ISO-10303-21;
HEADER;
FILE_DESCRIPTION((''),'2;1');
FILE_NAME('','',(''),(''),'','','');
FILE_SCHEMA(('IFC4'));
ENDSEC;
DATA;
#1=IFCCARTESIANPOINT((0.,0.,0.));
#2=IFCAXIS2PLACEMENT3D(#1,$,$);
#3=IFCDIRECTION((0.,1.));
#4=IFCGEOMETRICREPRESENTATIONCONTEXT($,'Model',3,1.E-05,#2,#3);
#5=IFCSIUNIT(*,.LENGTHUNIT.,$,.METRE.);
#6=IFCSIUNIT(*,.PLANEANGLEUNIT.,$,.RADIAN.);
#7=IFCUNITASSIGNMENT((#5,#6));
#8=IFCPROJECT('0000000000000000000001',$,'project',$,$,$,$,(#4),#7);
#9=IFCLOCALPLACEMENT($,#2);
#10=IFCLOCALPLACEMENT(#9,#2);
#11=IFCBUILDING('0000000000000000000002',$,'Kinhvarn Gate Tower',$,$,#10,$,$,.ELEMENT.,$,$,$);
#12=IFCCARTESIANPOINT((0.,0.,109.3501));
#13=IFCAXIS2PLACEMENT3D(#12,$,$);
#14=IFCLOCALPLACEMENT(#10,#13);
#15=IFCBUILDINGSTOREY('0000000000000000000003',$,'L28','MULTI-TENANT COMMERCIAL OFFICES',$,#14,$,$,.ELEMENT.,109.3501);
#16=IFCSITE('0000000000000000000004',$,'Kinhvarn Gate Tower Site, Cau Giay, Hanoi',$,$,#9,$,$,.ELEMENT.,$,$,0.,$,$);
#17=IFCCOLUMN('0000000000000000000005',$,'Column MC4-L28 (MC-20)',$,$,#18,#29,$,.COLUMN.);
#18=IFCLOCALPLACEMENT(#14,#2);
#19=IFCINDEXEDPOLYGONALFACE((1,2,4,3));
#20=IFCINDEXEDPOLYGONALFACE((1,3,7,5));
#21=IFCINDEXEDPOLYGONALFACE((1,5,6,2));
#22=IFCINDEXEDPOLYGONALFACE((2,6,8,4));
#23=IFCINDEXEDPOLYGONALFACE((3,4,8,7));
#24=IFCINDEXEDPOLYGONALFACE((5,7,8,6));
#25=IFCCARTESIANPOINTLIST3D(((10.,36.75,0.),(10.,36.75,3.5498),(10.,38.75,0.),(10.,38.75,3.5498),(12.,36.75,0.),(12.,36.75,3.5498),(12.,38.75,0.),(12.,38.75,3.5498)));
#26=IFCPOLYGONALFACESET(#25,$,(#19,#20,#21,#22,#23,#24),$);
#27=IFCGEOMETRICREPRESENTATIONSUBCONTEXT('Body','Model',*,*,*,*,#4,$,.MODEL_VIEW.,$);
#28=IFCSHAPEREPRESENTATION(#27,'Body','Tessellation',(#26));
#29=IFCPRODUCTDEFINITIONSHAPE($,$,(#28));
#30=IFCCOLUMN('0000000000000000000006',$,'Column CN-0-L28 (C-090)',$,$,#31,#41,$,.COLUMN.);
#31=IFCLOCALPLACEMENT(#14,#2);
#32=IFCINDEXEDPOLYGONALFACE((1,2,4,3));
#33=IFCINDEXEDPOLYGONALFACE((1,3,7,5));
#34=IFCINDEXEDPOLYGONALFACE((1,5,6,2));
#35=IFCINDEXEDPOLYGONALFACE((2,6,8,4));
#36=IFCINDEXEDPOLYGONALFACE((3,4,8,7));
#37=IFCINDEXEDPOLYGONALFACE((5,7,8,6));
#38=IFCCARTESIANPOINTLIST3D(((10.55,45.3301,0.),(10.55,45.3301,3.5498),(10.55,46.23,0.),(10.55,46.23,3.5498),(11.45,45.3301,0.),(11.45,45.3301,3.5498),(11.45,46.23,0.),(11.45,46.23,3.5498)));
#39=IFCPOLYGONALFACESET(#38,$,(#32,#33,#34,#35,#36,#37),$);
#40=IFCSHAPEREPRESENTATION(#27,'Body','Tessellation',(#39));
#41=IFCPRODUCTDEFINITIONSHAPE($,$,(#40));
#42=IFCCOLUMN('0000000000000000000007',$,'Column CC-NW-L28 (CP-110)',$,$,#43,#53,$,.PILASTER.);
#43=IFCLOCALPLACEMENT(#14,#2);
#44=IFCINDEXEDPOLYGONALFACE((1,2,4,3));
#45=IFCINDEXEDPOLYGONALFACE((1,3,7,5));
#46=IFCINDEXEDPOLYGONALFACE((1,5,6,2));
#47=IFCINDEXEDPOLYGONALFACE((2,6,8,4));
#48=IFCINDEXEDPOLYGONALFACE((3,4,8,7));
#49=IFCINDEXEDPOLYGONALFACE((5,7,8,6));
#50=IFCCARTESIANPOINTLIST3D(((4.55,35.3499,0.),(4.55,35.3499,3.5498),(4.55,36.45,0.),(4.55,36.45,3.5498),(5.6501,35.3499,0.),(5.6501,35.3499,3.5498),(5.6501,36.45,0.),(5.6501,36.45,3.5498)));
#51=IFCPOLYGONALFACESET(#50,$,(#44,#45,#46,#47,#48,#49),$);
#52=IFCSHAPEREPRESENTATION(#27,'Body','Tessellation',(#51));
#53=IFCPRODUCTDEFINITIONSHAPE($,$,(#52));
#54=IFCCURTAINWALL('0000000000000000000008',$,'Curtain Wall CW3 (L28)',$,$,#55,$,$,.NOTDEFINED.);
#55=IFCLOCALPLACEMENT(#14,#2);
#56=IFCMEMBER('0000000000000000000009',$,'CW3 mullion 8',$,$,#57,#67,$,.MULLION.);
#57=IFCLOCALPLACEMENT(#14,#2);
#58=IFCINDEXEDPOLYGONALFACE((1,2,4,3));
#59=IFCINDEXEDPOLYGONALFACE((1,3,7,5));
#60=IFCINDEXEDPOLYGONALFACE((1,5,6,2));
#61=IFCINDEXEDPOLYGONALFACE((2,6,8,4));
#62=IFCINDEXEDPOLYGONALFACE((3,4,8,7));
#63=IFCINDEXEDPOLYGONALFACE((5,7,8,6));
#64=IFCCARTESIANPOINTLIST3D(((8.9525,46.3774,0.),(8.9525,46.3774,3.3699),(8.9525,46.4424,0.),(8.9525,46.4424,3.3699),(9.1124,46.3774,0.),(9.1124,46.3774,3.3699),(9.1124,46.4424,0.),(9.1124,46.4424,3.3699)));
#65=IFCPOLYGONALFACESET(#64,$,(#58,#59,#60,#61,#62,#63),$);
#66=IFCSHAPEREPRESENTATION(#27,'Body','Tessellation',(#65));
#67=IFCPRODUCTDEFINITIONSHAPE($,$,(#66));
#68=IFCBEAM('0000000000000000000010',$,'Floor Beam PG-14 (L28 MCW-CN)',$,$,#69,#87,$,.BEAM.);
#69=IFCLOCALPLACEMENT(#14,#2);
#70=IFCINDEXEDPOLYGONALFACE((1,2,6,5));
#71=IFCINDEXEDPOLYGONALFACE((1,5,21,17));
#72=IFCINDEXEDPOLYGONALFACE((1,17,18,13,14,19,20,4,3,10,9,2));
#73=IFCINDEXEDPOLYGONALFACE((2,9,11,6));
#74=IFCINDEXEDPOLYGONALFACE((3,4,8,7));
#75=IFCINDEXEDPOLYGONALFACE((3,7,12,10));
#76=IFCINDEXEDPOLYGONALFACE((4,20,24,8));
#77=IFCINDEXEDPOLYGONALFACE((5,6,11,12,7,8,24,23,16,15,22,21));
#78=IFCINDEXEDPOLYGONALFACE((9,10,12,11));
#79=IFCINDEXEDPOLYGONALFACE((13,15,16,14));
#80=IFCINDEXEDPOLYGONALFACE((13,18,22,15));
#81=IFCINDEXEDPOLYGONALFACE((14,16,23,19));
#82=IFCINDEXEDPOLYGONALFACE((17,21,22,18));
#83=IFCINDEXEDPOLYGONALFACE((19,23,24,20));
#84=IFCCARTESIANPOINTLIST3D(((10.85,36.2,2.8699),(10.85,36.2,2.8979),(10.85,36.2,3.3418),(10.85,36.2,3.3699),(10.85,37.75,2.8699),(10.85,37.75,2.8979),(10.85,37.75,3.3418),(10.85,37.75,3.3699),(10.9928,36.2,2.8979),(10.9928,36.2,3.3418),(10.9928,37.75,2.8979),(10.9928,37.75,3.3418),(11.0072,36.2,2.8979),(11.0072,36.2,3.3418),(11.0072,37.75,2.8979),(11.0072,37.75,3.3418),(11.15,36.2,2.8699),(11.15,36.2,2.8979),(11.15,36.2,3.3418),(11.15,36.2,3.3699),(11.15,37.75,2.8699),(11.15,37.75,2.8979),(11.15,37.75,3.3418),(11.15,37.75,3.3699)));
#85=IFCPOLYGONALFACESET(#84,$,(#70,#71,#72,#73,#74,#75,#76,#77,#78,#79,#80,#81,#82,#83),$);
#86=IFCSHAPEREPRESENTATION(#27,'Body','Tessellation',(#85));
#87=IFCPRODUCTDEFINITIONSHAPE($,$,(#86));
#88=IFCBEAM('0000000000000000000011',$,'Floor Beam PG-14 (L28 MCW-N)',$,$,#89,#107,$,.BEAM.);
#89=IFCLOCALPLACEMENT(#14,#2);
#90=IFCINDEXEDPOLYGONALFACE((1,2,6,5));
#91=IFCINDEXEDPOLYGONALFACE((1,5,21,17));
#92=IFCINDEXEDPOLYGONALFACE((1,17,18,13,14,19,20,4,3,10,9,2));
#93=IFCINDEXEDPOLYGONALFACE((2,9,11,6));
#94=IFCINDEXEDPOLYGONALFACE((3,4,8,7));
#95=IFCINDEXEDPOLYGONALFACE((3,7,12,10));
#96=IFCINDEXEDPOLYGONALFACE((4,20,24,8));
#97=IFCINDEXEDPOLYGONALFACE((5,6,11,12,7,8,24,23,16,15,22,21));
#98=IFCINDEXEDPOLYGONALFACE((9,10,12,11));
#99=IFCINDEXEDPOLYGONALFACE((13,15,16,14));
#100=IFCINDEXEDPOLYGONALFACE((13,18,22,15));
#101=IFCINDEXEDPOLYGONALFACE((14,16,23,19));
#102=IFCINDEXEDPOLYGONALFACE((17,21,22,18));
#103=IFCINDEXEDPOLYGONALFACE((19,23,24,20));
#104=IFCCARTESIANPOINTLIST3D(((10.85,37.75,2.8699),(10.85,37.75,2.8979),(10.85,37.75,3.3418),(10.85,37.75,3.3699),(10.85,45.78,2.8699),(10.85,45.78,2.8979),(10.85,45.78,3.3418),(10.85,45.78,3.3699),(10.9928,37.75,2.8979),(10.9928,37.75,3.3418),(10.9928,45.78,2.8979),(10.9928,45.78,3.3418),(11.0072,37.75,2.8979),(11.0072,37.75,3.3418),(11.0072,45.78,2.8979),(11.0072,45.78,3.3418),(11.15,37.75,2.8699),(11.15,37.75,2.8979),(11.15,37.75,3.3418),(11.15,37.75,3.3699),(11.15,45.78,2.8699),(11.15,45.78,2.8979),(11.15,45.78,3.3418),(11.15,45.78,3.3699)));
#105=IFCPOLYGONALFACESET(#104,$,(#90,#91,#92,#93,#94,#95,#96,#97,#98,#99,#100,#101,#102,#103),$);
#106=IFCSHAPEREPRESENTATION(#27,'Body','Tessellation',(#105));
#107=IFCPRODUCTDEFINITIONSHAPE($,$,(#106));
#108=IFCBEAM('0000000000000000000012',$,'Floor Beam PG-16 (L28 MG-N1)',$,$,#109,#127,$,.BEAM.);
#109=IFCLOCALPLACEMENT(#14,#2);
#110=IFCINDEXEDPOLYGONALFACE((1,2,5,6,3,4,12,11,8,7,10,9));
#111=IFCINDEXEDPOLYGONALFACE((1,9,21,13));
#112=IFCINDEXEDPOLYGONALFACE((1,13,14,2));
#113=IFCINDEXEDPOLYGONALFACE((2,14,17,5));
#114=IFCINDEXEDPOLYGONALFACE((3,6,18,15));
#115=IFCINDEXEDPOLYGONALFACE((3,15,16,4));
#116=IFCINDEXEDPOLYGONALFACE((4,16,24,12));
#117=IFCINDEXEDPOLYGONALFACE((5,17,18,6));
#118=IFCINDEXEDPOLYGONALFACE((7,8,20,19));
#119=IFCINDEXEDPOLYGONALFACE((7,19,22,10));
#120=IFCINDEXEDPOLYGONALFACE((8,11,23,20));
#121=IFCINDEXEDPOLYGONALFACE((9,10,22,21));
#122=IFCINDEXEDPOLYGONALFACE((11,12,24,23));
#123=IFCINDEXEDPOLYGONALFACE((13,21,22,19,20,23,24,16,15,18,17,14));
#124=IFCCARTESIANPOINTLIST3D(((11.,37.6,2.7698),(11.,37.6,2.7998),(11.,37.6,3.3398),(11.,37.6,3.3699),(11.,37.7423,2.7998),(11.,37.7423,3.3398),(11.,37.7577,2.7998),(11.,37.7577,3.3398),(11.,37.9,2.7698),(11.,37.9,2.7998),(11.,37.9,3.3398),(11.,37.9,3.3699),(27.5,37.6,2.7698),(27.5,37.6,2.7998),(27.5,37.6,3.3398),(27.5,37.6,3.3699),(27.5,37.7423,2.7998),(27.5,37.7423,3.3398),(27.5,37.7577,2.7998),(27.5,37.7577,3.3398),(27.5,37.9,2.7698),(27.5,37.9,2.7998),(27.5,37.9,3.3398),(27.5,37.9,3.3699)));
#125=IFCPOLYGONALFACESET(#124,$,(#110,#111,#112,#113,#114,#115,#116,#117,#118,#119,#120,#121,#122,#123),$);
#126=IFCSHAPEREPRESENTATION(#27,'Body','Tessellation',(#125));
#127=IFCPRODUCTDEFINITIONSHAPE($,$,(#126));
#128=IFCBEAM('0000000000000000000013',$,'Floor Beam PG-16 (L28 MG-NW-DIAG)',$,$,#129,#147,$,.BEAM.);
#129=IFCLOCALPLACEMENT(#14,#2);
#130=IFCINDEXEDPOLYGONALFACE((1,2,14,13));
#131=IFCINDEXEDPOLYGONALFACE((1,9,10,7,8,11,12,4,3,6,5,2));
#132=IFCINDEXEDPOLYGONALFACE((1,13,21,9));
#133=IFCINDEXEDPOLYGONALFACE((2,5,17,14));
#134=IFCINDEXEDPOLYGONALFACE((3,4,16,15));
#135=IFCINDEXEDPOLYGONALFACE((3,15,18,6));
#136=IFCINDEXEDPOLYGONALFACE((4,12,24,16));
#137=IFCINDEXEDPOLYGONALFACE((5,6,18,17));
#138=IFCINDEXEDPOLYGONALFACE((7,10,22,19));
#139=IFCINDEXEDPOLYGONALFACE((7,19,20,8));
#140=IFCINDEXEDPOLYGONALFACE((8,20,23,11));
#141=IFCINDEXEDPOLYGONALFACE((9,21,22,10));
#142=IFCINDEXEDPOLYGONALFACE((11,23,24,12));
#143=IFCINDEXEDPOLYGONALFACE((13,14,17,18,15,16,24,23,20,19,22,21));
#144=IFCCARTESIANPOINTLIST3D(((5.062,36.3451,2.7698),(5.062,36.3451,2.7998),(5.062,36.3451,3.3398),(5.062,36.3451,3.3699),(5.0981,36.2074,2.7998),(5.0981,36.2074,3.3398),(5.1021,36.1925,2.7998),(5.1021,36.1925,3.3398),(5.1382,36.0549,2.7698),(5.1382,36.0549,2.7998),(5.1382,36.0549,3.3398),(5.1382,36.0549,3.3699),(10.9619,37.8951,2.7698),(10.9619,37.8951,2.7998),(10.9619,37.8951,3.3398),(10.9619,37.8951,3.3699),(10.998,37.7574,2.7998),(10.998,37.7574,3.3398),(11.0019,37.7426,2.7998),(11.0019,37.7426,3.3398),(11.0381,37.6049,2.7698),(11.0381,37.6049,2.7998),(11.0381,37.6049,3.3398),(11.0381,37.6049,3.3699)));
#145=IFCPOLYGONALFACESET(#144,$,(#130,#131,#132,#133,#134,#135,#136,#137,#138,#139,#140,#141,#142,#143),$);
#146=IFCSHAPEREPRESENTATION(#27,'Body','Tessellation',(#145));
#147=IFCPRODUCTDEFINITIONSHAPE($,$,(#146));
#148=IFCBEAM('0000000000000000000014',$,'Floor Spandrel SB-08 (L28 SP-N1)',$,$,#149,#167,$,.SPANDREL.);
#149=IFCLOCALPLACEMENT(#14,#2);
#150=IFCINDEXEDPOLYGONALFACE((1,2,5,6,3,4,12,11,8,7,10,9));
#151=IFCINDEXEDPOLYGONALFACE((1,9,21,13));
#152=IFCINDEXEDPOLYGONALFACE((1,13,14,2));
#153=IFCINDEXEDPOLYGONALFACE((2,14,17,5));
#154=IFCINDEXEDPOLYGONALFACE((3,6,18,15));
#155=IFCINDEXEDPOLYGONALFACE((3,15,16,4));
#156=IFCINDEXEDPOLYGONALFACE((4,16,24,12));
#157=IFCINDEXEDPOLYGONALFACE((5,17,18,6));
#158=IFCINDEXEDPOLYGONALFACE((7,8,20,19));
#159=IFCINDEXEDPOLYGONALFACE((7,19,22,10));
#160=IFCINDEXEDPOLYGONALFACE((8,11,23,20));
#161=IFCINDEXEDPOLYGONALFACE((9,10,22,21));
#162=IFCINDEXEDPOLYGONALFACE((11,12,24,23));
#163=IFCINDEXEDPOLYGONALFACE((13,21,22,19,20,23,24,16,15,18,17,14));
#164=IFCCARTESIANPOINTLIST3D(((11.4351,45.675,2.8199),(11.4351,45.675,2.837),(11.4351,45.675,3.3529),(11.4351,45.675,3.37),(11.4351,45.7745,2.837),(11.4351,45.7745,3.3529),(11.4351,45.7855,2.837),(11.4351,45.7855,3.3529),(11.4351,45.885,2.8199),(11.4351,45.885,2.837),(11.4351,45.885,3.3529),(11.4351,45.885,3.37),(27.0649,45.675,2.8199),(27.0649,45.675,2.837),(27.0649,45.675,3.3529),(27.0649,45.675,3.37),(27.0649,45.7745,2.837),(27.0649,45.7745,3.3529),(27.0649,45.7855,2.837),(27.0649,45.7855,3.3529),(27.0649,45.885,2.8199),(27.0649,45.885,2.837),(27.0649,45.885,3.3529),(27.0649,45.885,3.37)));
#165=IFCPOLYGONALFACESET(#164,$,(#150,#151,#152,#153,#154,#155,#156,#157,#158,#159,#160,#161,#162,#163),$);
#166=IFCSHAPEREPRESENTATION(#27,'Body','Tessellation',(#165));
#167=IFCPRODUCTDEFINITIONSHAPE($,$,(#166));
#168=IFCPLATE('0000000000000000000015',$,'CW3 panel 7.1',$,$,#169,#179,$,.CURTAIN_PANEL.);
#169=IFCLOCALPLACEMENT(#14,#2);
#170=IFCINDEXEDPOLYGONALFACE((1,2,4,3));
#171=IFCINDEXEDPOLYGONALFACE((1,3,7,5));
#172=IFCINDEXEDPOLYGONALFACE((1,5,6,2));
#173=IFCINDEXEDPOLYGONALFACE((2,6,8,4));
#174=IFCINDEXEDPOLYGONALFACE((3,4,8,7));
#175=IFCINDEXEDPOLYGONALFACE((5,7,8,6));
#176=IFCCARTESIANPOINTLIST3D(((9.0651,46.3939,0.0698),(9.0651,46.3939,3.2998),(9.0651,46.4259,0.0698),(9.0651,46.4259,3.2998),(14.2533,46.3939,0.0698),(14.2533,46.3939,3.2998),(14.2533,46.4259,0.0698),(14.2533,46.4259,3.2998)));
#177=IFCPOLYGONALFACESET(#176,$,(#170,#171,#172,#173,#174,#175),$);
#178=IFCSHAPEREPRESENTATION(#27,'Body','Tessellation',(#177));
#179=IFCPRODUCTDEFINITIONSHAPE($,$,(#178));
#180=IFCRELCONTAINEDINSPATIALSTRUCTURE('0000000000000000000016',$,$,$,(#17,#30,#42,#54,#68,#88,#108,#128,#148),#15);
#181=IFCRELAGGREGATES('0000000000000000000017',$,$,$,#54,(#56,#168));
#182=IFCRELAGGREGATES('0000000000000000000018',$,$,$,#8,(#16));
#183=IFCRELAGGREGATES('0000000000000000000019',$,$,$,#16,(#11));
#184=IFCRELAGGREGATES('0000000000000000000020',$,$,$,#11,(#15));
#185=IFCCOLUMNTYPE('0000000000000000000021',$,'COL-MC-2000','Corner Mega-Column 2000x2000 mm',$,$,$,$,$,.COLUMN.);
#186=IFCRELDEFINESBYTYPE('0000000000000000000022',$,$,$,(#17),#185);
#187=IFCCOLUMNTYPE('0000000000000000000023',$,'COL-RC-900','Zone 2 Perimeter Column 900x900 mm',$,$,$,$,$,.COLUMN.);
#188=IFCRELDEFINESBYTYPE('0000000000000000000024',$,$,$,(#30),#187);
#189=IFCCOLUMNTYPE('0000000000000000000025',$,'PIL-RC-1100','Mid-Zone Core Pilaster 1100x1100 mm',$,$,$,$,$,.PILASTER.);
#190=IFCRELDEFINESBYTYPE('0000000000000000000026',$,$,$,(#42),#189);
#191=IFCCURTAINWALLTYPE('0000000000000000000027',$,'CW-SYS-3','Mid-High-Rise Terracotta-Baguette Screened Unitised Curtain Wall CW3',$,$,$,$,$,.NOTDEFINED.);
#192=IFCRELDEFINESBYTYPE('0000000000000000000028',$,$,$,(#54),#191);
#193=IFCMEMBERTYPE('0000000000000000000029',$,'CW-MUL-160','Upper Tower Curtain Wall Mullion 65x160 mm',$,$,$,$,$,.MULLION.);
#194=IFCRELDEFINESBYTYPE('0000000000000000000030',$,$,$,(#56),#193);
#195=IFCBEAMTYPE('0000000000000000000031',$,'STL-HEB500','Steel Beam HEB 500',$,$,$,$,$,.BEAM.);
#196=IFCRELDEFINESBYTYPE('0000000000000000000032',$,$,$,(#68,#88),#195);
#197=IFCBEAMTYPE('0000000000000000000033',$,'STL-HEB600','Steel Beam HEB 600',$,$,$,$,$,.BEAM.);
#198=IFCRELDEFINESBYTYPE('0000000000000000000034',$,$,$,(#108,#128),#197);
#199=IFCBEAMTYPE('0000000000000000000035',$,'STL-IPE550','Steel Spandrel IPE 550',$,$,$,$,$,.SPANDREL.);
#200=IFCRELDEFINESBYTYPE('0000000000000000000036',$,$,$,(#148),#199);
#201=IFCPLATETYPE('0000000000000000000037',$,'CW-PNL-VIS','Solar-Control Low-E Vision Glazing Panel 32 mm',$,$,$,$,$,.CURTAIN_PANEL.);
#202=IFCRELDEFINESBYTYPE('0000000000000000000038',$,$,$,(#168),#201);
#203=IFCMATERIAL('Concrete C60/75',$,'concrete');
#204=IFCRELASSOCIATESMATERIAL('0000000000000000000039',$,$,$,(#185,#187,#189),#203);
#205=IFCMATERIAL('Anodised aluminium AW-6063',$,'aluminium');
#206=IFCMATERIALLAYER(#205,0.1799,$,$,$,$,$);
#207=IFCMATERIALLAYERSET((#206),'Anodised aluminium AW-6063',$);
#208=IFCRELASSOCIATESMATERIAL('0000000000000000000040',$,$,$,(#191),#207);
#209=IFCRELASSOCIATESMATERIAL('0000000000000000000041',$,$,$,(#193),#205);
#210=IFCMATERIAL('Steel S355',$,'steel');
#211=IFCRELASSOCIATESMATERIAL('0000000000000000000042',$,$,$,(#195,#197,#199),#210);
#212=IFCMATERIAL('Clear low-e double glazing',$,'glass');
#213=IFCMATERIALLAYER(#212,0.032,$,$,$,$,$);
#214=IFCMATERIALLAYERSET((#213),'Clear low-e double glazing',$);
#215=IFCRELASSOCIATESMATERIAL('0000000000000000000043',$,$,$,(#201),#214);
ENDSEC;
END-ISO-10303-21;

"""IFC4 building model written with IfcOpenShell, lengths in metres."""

from ifc_helpers import new_model, si_unit, direction, frame, origin, origin_2d, place, context, subcontext, project, spatial, rectangle, i_section, extrude, material, layer, layer_set, material_profile, profile_set, type_object, element, aggregate, save


model = new_model("IFC4")

# Units and contexts
model_context = context("Model", 3, precision=1e-05, world=origin(), true_north=direction((0.0, 1.0)))
body_context = subcontext(model_context, "Body", "Model", "MODEL_VIEW")
ifc_project = project(units=[si_unit("LENGTHUNIT", "METRE"), si_unit("PLANEANGLEUNIT", "RADIAN")], contexts=[model_context])

# Site, building, storey
site_placement = place(None, origin())
site = spatial("IfcSite", under=ifc_project, at=site_placement, Name="Kinhvarn Gate Tower Site, Cau Giay, Hanoi", CompositionType="ELEMENT", RefElevation=0.0)
building_placement = place(site_placement, origin())
building = spatial("IfcBuilding", under=site, at=building_placement, Name="Kinhvarn Gate Tower", CompositionType="ELEMENT")
storey_placement = place(building_placement, frame((0.0, 0.0, 109.3501)))
storey = spatial("IfcBuildingStorey", under=building, at=storey_placement, Name="L28", Description="MULTI-TENANT COMMERCIAL OFFICES", CompositionType="ELEMENT", Elevation=109.3501)

# Columns
ifc_material_1 = material(Name="Concrete C60/75", Category="concrete")
ifc_material_profile_1 = material_profile(ifc_material_1, rectangle(XDim=2.0, YDim=2.0, at=origin_2d()), Name="RC 2000x2000")
ifc_profile_set_1 = profile_set([ifc_material_profile_1], Name="Concrete C60/75")
column_type_1 = type_object("IfcColumnType", Name="COL-MC-2000", Description="Corner Mega-Column 2000x2000 mm", PredefinedType="COLUMN", material=ifc_profile_set_1)
column_1_placement = place(storey_placement, frame((11.0, 37.75, 0.0), z_axis=(0.0, 0.0, 1.0), x_axis=(1.0, 0.0, 0.0)))
element("IfcColumn", 1, at=column_1_placement, inside=storey, type_object=column_type_1, Name="Column MC4-L28 (MC-20)", PredefinedType="COLUMN", context=body_context, shape_type="SweptSolid", body=[
    extrude(rectangle(XDim=2.0, YDim=2.0, at=origin_2d()), origin(), (0.0, 0.0, 1.0), 3.5498),
])
ifc_material_profile_2 = material_profile(ifc_material_1, rectangle(XDim=0.8999, YDim=0.8999, at=origin_2d()), Name="RC 900x900")
ifc_profile_set_2 = profile_set([ifc_material_profile_2], Name="Concrete C60/75")
column_type_2 = type_object("IfcColumnType", Name="COL-RC-900", Description="Zone 2 Perimeter Column 900x900 mm", PredefinedType="COLUMN", material=ifc_profile_set_2)
column_2_placement = place(storey_placement, frame((11.0, 45.78, 0.0), z_axis=(0.0, 0.0, 1.0), x_axis=(1.0, 0.0, 0.0)))
element("IfcColumn", 2, at=column_2_placement, inside=storey, type_object=column_type_2, Name="Column CN-0-L28 (C-090)", PredefinedType="COLUMN", context=body_context, shape_type="SweptSolid", body=[
    extrude(rectangle(XDim=0.8999, YDim=0.8999, at=origin_2d()), origin(), (0.0, 0.0, 1.0), 3.5498),
])
ifc_material_profile_3 = material_profile(ifc_material_1, rectangle(XDim=1.1001, YDim=1.1001, at=origin_2d()), Name="RC 1100x1100")
ifc_profile_set_3 = profile_set([ifc_material_profile_3], Name="Concrete C60/75")
column_type_3 = type_object("IfcColumnType", Name="PIL-RC-1100", Description="Mid-Zone Core Pilaster 1100x1100 mm", PredefinedType="PILASTER", material=ifc_profile_set_3)
column_3_placement = place(storey_placement, frame((5.1001, 35.8999, 0.0), z_axis=(0.0, 0.0, 1.0), x_axis=(1.0, 0.0, 0.0)))
element("IfcColumn", 3, at=column_3_placement, inside=storey, type_object=column_type_3, Name="Column CC-NW-L28 (CP-110)", PredefinedType="PILASTER", context=body_context, shape_type="SweptSolid", body=[
    extrude(rectangle(XDim=1.1001, YDim=1.1001, at=origin_2d()), origin(), (0.0, 0.0, 1.0), 3.5498),
])

# Curtain wall, member
ifc_material_2 = material(Name="Anodised aluminium AW-6063", Category="aluminium")
ifc_layer_1 = layer(ifc_material_2, 0.1799)
ifc_layer_set_1 = layer_set([ifc_layer_1], Name="Anodised aluminium AW-6063")
curtain_wall_type = type_object("IfcCurtainWallType", Name="CW-SYS-3", Description="Mid-High-Rise Terracotta-Baguette Screened Unitised Curtain Wall CW3", PredefinedType="NOTDEFINED", material=ifc_layer_set_1)
curtain_wall_placement = place(storey_placement, origin())
curtain_wall = element("IfcCurtainWall", 4, at=curtain_wall_placement, inside=storey, type_object=curtain_wall_type, Name="Curtain Wall CW3 (L28)", PredefinedType="NOTDEFINED")
ifc_material_profile_4 = material_profile(ifc_material_2, rectangle(XDim=0.0649, YDim=0.1599, at=origin_2d()), Name="ALU 65x160")
ifc_profile_set_4 = profile_set([ifc_material_profile_4], Name="Anodised aluminium AW-6063")
member_type = type_object("IfcMemberType", Name="CW-MUL-160", Description="Upper Tower Curtain Wall Mullion 65x160 mm", PredefinedType="MULLION", material=ifc_profile_set_4)
member_placement = place(storey_placement, frame((9.0325, 46.4099, 0.0), z_axis=(0.0, 0.0, 1.0), x_axis=(0.0, -1.0, 0.0)))
member = element("IfcMember", 5, at=member_placement, type_object=member_type, Name="CW3 mullion 8", PredefinedType="MULLION", context=body_context, shape_type="SweptSolid", body=[
    extrude(rectangle(XDim=0.0649, YDim=0.1599, at=origin_2d()), origin(), (0.0, 0.0, 1.0), 3.3699),
])

# Beams
ifc_material_3 = material(Name="Steel S355", Category="steel")
ifc_material_profile_5 = material_profile(ifc_material_3, i_section(OverallWidth=0.3, OverallDepth=0.5, WebThickness=0.0144, FlangeThickness=0.0281, at=origin_2d()), Name="HEB 500")
ifc_profile_set_5 = profile_set([ifc_material_profile_5], Name="Steel S355")
beam_type_1 = type_object("IfcBeamType", Name="STL-HEB500", Description="Steel Beam HEB 500", PredefinedType="BEAM", material=ifc_profile_set_5)
beam_1_placement = place(storey_placement, frame((11.0, 36.2, 3.1199), z_axis=(0.0, 1.0, 0.0), x_axis=(-1.0, 0.0, 0.0)))
element("IfcBeam", 6, at=beam_1_placement, inside=storey, type_object=beam_type_1, Name="Floor Beam PG-14 (L28 MCW-CN)", PredefinedType="BEAM", context=body_context, shape_type="SweptSolid", body=[
    extrude(i_section(OverallWidth=0.3, OverallDepth=0.5, WebThickness=0.0144, FlangeThickness=0.0281, at=origin_2d()), origin(), (0.0, 0.0, 1.0), 1.55),
])
beam_2_placement = place(storey_placement, frame((11.0, 37.75, 3.1199), z_axis=(0.0, 1.0, 0.0), x_axis=(-1.0, 0.0, 0.0)))
element("IfcBeam", 7, at=beam_2_placement, inside=storey, type_object=beam_type_1, Name="Floor Beam PG-14 (L28 MCW-N)", PredefinedType="BEAM", context=body_context, shape_type="SweptSolid", body=[
    extrude(i_section(OverallWidth=0.3, OverallDepth=0.5, WebThickness=0.0144, FlangeThickness=0.0281, at=origin_2d()), origin(), (0.0, 0.0, 1.0), 8.03),
])
ifc_material_profile_6 = material_profile(ifc_material_3, i_section(OverallWidth=0.3, OverallDepth=0.6001, WebThickness=0.0154, FlangeThickness=0.03, at=origin_2d()), Name="HEB 600")
ifc_profile_set_6 = profile_set([ifc_material_profile_6], Name="Steel S355")
beam_type_2 = type_object("IfcBeamType", Name="STL-HEB600", Description="Steel Beam HEB 600", PredefinedType="BEAM", material=ifc_profile_set_6)
beam_3_placement = place(storey_placement, frame((11.0, 37.75, 3.0698), z_axis=(1.0, 0.0, 0.0), x_axis=(0.0, 1.0, 0.0)))
element("IfcBeam", 8, at=beam_3_placement, inside=storey, type_object=beam_type_2, Name="Floor Beam PG-16 (L28 MG-N1)", PredefinedType="BEAM", context=body_context, shape_type="SweptSolid", body=[
    extrude(i_section(OverallWidth=0.3, OverallDepth=0.6001, WebThickness=0.0154, FlangeThickness=0.03, at=origin_2d()), origin(), (0.0, 0.0, 1.0), 16.5),
])
beam_4_placement = place(storey_placement, frame((5.1001, 36.2, 3.0698), z_axis=(0.967178, 0.254101, 0.0), x_axis=(-0.254101, 0.967178, 0.0)))
element("IfcBeam", 9, at=beam_4_placement, inside=storey, type_object=beam_type_2, Name="Floor Beam PG-16 (L28 MG-NW-DIAG)", PredefinedType="BEAM", context=body_context, shape_type="SweptSolid", body=[
    extrude(i_section(OverallWidth=0.3, OverallDepth=0.6001, WebThickness=0.0154, FlangeThickness=0.03, at=origin_2d()), origin(), (0.0, 0.0, 1.0), 6.1001),
])
ifc_material_profile_7 = material_profile(ifc_material_3, i_section(OverallWidth=0.21, OverallDepth=0.55, WebThickness=0.011, FlangeThickness=0.0171, at=origin_2d()), Name="IPE 550")
ifc_profile_set_7 = profile_set([ifc_material_profile_7], Name="Steel S355")
beam_type_3 = type_object("IfcBeamType", Name="STL-IPE550", Description="Steel Spandrel IPE 550", PredefinedType="SPANDREL", material=ifc_profile_set_7)
beam_5_placement = place(storey_placement, frame((11.4351, 45.78, 3.095), z_axis=(1.0, 0.0, 0.0), x_axis=(0.0, 1.0, 0.0)))
element("IfcBeam", 10, at=beam_5_placement, inside=storey, type_object=beam_type_3, Name="Floor Spandrel SB-08 (L28 SP-N1)", PredefinedType="SPANDREL", context=body_context, shape_type="SweptSolid", body=[
    extrude(i_section(OverallWidth=0.21, OverallDepth=0.55, WebThickness=0.011, FlangeThickness=0.0171, at=origin_2d()), origin(), (0.0, 0.0, 1.0), 15.6299),
])

# Plate
ifc_material_4 = material(Name="Clear low-e double glazing", Category="glass")
ifc_layer_2 = layer(ifc_material_4, 0.032)
ifc_layer_set_2 = layer_set([ifc_layer_2], Name="Clear low-e double glazing")
plate_type = type_object("IfcPlateType", Name="CW-PNL-VIS", Description="Solar-Control Low-E Vision Glazing Panel 32 mm", PredefinedType="CURTAIN_PANEL", material=ifc_layer_set_2)
plate_placement = place(storey_placement, frame((11.6592, 46.4099, 0.0698), z_axis=(0.0, 0.0, 1.0), x_axis=(-1.0, 0.0, 0.0)))
plate = element("IfcPlate", 11, at=plate_placement, type_object=plate_type, Name="CW3 panel 7.1", PredefinedType="CURTAIN_PANEL", context=body_context, shape_type="SweptSolid", body=[
    extrude(rectangle(XDim=5.1882, YDim=0.032, at=origin_2d()), origin(), (0.0, 0.0, 1.0), 3.23),
])
aggregate(curtain_wall, [member, plate])

save(model, "model.ifc")
